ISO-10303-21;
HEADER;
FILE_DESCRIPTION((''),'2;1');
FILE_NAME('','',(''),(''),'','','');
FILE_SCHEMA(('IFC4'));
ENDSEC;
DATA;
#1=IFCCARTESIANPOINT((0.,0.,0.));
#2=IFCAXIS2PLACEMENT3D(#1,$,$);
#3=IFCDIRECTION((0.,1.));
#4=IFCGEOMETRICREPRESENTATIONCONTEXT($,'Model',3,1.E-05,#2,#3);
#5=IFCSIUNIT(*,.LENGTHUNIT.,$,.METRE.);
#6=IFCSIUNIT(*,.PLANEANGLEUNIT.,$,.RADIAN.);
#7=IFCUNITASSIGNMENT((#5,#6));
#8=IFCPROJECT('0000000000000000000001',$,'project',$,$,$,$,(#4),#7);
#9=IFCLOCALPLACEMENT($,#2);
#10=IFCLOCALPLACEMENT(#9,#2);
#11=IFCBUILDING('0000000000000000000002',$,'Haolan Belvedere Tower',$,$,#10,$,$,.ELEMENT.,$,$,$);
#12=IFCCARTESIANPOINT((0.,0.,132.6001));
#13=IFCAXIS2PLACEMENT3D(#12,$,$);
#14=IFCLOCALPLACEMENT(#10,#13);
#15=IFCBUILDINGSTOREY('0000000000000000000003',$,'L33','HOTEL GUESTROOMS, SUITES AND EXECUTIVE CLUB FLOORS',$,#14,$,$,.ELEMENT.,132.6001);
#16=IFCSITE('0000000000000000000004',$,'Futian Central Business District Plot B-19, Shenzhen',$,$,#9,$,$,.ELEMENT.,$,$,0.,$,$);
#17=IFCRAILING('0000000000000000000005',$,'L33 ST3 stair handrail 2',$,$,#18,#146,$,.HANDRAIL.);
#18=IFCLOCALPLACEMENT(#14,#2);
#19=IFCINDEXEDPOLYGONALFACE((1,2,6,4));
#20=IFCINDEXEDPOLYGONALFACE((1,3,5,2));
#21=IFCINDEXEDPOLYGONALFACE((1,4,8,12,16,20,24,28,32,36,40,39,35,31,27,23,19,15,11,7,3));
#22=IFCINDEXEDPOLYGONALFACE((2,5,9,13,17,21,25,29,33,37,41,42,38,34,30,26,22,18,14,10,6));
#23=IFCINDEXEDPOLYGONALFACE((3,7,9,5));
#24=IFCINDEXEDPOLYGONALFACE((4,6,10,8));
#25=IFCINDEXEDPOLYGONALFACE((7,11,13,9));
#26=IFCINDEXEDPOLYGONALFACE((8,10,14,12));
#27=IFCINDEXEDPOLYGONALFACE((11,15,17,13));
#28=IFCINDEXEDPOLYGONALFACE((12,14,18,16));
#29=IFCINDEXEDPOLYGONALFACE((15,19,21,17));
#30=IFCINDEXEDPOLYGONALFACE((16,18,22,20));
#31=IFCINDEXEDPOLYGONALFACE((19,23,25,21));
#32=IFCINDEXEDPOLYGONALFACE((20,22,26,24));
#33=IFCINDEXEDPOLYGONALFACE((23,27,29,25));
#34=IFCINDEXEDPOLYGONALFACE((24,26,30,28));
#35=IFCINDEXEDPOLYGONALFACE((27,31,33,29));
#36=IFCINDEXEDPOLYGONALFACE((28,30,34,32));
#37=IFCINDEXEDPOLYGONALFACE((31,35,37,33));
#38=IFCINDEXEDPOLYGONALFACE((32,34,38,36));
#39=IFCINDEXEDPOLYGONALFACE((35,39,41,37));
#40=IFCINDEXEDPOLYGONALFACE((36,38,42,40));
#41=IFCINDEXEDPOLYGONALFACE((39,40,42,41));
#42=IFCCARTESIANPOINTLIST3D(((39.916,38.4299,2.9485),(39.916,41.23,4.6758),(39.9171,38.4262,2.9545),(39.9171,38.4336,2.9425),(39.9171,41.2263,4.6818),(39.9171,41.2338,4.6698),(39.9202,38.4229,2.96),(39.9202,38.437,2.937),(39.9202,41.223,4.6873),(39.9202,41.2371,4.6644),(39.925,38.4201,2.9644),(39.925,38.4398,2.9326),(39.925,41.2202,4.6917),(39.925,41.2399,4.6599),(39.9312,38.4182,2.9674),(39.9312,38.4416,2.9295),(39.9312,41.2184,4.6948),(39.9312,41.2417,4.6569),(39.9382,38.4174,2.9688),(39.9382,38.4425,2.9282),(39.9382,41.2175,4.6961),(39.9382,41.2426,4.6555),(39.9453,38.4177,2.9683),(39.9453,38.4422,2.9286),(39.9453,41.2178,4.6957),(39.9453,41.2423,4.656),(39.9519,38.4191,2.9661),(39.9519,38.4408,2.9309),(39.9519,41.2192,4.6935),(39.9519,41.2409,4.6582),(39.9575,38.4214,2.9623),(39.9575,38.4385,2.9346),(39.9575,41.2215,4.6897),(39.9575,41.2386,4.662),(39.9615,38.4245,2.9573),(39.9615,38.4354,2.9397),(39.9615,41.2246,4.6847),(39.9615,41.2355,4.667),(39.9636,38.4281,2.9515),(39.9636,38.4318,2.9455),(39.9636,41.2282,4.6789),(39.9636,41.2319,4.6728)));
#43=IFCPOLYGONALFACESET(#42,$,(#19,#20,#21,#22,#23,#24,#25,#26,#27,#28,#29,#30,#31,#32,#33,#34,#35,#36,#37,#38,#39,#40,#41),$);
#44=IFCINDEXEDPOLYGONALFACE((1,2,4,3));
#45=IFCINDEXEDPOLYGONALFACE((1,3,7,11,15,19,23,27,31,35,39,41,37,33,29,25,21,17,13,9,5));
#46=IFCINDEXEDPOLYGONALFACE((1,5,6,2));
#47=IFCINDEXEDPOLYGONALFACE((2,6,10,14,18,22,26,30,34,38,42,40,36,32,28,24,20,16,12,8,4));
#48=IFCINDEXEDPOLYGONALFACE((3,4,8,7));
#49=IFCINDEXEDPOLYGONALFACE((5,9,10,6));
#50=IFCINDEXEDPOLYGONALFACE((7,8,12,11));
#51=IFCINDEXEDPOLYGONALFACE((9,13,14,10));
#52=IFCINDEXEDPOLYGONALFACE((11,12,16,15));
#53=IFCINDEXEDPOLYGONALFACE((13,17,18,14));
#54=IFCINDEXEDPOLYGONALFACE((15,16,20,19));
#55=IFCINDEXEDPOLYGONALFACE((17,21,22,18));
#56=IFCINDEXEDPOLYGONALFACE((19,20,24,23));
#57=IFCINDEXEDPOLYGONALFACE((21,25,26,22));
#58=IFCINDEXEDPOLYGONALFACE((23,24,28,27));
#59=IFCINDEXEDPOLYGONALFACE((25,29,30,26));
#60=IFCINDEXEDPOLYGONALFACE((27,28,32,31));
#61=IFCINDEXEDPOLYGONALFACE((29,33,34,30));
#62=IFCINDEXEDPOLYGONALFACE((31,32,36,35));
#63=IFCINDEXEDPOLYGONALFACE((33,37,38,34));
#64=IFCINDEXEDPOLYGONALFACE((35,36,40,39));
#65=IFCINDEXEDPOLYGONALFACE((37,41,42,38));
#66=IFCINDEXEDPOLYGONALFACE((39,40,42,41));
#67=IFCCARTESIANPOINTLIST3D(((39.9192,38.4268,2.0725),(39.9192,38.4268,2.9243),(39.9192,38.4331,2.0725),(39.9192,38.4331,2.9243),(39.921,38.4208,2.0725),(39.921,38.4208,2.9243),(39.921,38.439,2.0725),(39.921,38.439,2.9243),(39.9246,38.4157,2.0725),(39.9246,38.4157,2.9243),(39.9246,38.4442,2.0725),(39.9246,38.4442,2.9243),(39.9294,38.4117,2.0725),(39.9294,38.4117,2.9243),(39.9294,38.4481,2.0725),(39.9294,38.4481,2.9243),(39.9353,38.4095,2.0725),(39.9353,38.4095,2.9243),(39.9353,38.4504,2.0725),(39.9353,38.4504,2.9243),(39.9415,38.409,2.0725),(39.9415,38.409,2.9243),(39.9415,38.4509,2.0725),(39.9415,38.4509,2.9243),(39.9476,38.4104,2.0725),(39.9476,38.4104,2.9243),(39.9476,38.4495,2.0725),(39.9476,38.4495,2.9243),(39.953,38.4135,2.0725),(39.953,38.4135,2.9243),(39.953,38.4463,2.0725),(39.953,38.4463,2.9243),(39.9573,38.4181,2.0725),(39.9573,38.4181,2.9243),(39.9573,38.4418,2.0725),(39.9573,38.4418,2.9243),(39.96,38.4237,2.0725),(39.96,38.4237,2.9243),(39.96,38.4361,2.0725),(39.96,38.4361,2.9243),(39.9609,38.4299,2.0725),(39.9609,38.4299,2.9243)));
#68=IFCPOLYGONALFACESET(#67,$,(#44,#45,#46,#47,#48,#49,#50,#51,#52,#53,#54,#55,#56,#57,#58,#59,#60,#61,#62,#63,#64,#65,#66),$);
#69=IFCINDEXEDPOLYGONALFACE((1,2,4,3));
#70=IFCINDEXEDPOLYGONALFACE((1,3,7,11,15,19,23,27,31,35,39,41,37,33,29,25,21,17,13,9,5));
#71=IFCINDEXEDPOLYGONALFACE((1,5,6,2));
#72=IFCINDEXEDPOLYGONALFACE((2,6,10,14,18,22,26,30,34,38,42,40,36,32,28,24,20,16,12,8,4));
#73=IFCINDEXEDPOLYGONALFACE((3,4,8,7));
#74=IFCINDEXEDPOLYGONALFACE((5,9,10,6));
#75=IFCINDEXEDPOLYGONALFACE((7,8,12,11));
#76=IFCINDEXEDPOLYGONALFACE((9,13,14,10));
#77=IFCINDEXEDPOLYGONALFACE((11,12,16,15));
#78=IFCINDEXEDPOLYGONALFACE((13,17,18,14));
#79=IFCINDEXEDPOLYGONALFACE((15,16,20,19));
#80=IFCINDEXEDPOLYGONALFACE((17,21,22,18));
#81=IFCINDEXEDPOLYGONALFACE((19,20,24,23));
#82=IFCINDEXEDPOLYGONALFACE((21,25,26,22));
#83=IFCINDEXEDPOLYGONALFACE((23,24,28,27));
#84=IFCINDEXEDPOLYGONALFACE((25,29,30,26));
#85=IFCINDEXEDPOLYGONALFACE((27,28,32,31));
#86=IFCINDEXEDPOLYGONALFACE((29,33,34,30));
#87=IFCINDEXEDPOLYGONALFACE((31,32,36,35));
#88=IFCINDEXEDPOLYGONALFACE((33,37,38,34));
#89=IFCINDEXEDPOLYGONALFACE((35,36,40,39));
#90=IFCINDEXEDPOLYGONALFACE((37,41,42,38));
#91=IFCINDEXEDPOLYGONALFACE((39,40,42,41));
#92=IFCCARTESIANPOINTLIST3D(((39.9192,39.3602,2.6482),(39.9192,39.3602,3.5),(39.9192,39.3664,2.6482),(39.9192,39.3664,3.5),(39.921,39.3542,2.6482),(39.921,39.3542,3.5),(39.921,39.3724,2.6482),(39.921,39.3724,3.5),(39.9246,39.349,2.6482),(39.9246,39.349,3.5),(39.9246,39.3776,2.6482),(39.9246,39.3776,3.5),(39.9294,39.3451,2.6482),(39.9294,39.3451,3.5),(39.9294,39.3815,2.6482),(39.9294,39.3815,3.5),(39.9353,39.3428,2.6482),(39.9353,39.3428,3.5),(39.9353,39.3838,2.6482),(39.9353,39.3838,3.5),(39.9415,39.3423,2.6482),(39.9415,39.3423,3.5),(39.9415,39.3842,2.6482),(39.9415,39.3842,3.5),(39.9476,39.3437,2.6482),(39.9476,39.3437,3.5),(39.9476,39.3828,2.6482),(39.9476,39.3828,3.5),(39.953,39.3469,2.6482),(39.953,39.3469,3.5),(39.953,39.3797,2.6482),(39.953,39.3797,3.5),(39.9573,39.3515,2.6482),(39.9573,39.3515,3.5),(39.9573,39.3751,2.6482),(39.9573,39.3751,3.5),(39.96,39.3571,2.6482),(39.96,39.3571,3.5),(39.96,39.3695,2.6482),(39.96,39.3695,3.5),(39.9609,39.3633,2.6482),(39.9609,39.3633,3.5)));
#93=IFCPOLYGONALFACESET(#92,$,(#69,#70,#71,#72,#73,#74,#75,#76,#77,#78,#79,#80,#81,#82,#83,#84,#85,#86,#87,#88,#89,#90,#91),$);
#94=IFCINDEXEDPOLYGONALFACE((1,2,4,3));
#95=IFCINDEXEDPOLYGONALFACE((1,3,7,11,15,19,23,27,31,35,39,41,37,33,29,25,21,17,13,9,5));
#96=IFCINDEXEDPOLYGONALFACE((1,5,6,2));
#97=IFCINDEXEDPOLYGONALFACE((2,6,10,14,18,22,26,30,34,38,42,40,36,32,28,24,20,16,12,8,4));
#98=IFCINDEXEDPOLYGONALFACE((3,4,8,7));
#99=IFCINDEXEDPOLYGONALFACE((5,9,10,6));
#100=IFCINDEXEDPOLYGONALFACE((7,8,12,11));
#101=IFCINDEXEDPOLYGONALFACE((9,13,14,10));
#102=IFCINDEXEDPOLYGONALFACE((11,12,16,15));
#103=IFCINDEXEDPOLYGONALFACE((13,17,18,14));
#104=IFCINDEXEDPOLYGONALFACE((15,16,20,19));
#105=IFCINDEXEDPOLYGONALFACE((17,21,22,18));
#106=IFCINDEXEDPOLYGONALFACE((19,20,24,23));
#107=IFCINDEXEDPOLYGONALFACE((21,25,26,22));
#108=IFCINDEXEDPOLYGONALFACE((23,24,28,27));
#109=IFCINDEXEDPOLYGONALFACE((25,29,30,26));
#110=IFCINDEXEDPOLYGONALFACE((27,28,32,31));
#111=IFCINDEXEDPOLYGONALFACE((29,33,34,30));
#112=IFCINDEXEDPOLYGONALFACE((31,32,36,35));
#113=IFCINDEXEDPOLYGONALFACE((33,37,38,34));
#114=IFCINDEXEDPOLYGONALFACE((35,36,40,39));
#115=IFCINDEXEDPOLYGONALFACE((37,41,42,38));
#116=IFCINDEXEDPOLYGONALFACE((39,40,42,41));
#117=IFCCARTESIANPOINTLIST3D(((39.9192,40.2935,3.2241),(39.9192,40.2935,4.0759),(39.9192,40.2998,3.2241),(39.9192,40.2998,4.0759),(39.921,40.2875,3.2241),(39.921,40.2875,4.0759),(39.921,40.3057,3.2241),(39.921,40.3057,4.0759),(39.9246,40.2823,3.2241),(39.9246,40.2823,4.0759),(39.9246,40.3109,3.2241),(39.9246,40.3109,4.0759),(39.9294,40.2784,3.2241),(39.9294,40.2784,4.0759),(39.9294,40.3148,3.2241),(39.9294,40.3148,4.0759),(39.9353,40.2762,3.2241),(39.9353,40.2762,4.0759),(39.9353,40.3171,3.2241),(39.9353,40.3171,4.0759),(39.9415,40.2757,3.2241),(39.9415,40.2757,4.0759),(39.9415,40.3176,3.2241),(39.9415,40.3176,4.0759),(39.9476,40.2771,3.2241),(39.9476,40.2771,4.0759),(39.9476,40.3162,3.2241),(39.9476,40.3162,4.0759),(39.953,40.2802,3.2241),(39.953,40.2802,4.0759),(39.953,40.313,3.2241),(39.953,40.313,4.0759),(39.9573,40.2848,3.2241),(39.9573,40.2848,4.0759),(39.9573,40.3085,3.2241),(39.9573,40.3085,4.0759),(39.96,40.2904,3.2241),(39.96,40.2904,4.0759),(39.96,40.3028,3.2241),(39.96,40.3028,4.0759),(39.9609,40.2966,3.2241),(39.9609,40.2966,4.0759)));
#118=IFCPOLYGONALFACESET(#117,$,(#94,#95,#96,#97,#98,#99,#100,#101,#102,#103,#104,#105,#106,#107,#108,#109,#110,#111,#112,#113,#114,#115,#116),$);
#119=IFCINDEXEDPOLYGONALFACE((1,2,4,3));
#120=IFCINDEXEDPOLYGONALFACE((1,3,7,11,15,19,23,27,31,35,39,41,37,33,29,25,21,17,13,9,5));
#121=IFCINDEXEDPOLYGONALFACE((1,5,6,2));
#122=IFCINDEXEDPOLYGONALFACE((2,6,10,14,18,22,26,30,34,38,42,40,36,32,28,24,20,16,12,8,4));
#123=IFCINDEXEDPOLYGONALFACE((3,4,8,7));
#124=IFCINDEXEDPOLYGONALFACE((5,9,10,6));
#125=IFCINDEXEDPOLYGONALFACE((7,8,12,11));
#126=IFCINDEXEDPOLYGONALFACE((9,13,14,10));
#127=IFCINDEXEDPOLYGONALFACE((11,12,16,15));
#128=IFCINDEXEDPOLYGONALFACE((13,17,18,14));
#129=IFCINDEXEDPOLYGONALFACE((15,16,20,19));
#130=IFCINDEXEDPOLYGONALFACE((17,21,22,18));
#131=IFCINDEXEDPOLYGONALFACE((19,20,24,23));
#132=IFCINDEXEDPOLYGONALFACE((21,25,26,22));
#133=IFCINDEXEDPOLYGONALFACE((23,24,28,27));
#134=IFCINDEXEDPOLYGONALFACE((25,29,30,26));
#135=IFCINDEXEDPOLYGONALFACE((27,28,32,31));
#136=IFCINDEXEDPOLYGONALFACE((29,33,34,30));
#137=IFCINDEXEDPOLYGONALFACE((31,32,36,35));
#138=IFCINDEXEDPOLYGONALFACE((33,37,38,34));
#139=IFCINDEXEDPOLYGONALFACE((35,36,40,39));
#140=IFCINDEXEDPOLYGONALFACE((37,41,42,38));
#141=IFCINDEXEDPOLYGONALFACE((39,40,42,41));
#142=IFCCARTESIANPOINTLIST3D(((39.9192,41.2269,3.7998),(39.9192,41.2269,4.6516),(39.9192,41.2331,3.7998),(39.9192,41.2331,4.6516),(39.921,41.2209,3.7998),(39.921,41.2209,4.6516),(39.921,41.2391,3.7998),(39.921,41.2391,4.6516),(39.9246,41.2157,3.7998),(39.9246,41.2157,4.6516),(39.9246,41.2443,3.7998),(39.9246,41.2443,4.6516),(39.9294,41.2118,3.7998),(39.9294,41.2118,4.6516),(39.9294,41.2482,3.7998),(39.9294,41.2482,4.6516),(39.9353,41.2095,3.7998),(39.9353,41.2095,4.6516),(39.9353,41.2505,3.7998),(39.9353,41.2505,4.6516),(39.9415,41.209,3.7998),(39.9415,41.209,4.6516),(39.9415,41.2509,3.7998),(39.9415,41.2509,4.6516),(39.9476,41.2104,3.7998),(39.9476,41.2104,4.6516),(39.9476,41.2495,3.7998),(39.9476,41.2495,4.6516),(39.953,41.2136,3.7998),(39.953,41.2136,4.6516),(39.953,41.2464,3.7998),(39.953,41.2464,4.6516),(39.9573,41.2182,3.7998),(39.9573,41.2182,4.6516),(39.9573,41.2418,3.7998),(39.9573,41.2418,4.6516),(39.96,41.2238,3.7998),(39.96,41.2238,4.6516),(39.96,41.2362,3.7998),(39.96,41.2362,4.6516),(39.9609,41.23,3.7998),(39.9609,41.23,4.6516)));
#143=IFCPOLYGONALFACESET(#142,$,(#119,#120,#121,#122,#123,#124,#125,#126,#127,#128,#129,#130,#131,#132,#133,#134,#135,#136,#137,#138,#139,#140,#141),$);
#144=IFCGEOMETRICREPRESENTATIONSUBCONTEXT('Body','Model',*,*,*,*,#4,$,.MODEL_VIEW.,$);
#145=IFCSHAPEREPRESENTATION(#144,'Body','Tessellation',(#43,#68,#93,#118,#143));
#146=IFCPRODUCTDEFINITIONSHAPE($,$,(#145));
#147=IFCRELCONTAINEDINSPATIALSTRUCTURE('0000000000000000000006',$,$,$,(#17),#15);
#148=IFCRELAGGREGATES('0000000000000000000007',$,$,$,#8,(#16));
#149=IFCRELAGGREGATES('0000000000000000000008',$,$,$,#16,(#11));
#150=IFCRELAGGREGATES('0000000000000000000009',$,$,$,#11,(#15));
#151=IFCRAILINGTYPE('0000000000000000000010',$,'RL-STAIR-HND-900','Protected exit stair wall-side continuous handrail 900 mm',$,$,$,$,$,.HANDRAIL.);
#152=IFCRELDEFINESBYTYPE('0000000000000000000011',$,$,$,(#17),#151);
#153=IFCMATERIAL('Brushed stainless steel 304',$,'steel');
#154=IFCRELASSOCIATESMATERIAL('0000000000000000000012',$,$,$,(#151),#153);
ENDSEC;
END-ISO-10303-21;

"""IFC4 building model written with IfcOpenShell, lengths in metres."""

from ifc_helpers import new_model, si_unit, direction, frame, origin, origin_2d, place, context, subcontext, project, spatial, circle, extrude, material, type_object, element, save


model = new_model("IFC4")

# Units and contexts
model_context = context("Model", 3, precision=1e-05, world=origin(), true_north=direction((0.0, 1.0)))
body_context = subcontext(model_context, "Body", "Model", "MODEL_VIEW")
ifc_project = project(units=[si_unit("LENGTHUNIT", "METRE"), si_unit("PLANEANGLEUNIT", "RADIAN")], contexts=[model_context])

# Site, building, storey
site_placement = place(None, origin())
site = spatial("IfcSite", under=ifc_project, at=site_placement, Name="Futian Central Business District Plot B-19, Shenzhen", CompositionType="ELEMENT", RefElevation=0.0)
building_placement = place(site_placement, origin())
building = spatial("IfcBuilding", under=site, at=building_placement, Name="Haolan Belvedere Tower", CompositionType="ELEMENT")
storey_placement = place(building_placement, frame((0.0, 0.0, 132.6001)))
storey = spatial("IfcBuildingStorey", under=building, at=storey_placement, Name="L33", Description="HOTEL GUESTROOMS, SUITES AND EXECUTIVE CLUB FLOORS", CompositionType="ELEMENT", Elevation=132.6001)

# Railing
ifc_material_1 = material(Name="Brushed stainless steel 304", Category="steel")
railing_type_1 = type_object("IfcRailingType", Name="RL-STAIR-HND-900", Description="Protected exit stair wall-side continuous handrail 900 mm", PredefinedType="HANDRAIL", material=ifc_material_1)
railing_1_placement = place(storey_placement, frame((39.9399, 38.4299, 2.0725)))
element("IfcRailing", 1, at=railing_1_placement, inside=storey, type_object=railing_type_1, Name="L33 ST3 stair handrail 2", PredefinedType="HANDRAIL", context=body_context, shape_type="SweptSolid", body=[
    extrude(circle(Radius=0.0239, at=origin_2d()), frame((0.0, 0.0, 0.876), z_axis=(0.0, 0.85109, 0.52502), x_axis=(-1.0, 0.0, 0.0)), (0.0, 0.0, 1.0), 3.29),
    extrude(circle(Radius=0.021, at=origin_2d()), origin(), (0.0, 0.0, 1.0), 0.8518),
    extrude(circle(Radius=0.021, at=origin_2d()), frame((0.0, 0.9333, 0.5757)), (0.0, 0.0, 1.0), 0.8518),
    extrude(circle(Radius=0.021, at=origin_2d()), frame((0.0, 1.8667, 1.1516)), (0.0, 0.0, 1.0), 0.8518),
    extrude(circle(Radius=0.021, at=origin_2d()), frame((0.0, 2.8, 1.7273)), (0.0, 0.0, 1.0), 0.8518),
])

save(model, "model.ifc")
